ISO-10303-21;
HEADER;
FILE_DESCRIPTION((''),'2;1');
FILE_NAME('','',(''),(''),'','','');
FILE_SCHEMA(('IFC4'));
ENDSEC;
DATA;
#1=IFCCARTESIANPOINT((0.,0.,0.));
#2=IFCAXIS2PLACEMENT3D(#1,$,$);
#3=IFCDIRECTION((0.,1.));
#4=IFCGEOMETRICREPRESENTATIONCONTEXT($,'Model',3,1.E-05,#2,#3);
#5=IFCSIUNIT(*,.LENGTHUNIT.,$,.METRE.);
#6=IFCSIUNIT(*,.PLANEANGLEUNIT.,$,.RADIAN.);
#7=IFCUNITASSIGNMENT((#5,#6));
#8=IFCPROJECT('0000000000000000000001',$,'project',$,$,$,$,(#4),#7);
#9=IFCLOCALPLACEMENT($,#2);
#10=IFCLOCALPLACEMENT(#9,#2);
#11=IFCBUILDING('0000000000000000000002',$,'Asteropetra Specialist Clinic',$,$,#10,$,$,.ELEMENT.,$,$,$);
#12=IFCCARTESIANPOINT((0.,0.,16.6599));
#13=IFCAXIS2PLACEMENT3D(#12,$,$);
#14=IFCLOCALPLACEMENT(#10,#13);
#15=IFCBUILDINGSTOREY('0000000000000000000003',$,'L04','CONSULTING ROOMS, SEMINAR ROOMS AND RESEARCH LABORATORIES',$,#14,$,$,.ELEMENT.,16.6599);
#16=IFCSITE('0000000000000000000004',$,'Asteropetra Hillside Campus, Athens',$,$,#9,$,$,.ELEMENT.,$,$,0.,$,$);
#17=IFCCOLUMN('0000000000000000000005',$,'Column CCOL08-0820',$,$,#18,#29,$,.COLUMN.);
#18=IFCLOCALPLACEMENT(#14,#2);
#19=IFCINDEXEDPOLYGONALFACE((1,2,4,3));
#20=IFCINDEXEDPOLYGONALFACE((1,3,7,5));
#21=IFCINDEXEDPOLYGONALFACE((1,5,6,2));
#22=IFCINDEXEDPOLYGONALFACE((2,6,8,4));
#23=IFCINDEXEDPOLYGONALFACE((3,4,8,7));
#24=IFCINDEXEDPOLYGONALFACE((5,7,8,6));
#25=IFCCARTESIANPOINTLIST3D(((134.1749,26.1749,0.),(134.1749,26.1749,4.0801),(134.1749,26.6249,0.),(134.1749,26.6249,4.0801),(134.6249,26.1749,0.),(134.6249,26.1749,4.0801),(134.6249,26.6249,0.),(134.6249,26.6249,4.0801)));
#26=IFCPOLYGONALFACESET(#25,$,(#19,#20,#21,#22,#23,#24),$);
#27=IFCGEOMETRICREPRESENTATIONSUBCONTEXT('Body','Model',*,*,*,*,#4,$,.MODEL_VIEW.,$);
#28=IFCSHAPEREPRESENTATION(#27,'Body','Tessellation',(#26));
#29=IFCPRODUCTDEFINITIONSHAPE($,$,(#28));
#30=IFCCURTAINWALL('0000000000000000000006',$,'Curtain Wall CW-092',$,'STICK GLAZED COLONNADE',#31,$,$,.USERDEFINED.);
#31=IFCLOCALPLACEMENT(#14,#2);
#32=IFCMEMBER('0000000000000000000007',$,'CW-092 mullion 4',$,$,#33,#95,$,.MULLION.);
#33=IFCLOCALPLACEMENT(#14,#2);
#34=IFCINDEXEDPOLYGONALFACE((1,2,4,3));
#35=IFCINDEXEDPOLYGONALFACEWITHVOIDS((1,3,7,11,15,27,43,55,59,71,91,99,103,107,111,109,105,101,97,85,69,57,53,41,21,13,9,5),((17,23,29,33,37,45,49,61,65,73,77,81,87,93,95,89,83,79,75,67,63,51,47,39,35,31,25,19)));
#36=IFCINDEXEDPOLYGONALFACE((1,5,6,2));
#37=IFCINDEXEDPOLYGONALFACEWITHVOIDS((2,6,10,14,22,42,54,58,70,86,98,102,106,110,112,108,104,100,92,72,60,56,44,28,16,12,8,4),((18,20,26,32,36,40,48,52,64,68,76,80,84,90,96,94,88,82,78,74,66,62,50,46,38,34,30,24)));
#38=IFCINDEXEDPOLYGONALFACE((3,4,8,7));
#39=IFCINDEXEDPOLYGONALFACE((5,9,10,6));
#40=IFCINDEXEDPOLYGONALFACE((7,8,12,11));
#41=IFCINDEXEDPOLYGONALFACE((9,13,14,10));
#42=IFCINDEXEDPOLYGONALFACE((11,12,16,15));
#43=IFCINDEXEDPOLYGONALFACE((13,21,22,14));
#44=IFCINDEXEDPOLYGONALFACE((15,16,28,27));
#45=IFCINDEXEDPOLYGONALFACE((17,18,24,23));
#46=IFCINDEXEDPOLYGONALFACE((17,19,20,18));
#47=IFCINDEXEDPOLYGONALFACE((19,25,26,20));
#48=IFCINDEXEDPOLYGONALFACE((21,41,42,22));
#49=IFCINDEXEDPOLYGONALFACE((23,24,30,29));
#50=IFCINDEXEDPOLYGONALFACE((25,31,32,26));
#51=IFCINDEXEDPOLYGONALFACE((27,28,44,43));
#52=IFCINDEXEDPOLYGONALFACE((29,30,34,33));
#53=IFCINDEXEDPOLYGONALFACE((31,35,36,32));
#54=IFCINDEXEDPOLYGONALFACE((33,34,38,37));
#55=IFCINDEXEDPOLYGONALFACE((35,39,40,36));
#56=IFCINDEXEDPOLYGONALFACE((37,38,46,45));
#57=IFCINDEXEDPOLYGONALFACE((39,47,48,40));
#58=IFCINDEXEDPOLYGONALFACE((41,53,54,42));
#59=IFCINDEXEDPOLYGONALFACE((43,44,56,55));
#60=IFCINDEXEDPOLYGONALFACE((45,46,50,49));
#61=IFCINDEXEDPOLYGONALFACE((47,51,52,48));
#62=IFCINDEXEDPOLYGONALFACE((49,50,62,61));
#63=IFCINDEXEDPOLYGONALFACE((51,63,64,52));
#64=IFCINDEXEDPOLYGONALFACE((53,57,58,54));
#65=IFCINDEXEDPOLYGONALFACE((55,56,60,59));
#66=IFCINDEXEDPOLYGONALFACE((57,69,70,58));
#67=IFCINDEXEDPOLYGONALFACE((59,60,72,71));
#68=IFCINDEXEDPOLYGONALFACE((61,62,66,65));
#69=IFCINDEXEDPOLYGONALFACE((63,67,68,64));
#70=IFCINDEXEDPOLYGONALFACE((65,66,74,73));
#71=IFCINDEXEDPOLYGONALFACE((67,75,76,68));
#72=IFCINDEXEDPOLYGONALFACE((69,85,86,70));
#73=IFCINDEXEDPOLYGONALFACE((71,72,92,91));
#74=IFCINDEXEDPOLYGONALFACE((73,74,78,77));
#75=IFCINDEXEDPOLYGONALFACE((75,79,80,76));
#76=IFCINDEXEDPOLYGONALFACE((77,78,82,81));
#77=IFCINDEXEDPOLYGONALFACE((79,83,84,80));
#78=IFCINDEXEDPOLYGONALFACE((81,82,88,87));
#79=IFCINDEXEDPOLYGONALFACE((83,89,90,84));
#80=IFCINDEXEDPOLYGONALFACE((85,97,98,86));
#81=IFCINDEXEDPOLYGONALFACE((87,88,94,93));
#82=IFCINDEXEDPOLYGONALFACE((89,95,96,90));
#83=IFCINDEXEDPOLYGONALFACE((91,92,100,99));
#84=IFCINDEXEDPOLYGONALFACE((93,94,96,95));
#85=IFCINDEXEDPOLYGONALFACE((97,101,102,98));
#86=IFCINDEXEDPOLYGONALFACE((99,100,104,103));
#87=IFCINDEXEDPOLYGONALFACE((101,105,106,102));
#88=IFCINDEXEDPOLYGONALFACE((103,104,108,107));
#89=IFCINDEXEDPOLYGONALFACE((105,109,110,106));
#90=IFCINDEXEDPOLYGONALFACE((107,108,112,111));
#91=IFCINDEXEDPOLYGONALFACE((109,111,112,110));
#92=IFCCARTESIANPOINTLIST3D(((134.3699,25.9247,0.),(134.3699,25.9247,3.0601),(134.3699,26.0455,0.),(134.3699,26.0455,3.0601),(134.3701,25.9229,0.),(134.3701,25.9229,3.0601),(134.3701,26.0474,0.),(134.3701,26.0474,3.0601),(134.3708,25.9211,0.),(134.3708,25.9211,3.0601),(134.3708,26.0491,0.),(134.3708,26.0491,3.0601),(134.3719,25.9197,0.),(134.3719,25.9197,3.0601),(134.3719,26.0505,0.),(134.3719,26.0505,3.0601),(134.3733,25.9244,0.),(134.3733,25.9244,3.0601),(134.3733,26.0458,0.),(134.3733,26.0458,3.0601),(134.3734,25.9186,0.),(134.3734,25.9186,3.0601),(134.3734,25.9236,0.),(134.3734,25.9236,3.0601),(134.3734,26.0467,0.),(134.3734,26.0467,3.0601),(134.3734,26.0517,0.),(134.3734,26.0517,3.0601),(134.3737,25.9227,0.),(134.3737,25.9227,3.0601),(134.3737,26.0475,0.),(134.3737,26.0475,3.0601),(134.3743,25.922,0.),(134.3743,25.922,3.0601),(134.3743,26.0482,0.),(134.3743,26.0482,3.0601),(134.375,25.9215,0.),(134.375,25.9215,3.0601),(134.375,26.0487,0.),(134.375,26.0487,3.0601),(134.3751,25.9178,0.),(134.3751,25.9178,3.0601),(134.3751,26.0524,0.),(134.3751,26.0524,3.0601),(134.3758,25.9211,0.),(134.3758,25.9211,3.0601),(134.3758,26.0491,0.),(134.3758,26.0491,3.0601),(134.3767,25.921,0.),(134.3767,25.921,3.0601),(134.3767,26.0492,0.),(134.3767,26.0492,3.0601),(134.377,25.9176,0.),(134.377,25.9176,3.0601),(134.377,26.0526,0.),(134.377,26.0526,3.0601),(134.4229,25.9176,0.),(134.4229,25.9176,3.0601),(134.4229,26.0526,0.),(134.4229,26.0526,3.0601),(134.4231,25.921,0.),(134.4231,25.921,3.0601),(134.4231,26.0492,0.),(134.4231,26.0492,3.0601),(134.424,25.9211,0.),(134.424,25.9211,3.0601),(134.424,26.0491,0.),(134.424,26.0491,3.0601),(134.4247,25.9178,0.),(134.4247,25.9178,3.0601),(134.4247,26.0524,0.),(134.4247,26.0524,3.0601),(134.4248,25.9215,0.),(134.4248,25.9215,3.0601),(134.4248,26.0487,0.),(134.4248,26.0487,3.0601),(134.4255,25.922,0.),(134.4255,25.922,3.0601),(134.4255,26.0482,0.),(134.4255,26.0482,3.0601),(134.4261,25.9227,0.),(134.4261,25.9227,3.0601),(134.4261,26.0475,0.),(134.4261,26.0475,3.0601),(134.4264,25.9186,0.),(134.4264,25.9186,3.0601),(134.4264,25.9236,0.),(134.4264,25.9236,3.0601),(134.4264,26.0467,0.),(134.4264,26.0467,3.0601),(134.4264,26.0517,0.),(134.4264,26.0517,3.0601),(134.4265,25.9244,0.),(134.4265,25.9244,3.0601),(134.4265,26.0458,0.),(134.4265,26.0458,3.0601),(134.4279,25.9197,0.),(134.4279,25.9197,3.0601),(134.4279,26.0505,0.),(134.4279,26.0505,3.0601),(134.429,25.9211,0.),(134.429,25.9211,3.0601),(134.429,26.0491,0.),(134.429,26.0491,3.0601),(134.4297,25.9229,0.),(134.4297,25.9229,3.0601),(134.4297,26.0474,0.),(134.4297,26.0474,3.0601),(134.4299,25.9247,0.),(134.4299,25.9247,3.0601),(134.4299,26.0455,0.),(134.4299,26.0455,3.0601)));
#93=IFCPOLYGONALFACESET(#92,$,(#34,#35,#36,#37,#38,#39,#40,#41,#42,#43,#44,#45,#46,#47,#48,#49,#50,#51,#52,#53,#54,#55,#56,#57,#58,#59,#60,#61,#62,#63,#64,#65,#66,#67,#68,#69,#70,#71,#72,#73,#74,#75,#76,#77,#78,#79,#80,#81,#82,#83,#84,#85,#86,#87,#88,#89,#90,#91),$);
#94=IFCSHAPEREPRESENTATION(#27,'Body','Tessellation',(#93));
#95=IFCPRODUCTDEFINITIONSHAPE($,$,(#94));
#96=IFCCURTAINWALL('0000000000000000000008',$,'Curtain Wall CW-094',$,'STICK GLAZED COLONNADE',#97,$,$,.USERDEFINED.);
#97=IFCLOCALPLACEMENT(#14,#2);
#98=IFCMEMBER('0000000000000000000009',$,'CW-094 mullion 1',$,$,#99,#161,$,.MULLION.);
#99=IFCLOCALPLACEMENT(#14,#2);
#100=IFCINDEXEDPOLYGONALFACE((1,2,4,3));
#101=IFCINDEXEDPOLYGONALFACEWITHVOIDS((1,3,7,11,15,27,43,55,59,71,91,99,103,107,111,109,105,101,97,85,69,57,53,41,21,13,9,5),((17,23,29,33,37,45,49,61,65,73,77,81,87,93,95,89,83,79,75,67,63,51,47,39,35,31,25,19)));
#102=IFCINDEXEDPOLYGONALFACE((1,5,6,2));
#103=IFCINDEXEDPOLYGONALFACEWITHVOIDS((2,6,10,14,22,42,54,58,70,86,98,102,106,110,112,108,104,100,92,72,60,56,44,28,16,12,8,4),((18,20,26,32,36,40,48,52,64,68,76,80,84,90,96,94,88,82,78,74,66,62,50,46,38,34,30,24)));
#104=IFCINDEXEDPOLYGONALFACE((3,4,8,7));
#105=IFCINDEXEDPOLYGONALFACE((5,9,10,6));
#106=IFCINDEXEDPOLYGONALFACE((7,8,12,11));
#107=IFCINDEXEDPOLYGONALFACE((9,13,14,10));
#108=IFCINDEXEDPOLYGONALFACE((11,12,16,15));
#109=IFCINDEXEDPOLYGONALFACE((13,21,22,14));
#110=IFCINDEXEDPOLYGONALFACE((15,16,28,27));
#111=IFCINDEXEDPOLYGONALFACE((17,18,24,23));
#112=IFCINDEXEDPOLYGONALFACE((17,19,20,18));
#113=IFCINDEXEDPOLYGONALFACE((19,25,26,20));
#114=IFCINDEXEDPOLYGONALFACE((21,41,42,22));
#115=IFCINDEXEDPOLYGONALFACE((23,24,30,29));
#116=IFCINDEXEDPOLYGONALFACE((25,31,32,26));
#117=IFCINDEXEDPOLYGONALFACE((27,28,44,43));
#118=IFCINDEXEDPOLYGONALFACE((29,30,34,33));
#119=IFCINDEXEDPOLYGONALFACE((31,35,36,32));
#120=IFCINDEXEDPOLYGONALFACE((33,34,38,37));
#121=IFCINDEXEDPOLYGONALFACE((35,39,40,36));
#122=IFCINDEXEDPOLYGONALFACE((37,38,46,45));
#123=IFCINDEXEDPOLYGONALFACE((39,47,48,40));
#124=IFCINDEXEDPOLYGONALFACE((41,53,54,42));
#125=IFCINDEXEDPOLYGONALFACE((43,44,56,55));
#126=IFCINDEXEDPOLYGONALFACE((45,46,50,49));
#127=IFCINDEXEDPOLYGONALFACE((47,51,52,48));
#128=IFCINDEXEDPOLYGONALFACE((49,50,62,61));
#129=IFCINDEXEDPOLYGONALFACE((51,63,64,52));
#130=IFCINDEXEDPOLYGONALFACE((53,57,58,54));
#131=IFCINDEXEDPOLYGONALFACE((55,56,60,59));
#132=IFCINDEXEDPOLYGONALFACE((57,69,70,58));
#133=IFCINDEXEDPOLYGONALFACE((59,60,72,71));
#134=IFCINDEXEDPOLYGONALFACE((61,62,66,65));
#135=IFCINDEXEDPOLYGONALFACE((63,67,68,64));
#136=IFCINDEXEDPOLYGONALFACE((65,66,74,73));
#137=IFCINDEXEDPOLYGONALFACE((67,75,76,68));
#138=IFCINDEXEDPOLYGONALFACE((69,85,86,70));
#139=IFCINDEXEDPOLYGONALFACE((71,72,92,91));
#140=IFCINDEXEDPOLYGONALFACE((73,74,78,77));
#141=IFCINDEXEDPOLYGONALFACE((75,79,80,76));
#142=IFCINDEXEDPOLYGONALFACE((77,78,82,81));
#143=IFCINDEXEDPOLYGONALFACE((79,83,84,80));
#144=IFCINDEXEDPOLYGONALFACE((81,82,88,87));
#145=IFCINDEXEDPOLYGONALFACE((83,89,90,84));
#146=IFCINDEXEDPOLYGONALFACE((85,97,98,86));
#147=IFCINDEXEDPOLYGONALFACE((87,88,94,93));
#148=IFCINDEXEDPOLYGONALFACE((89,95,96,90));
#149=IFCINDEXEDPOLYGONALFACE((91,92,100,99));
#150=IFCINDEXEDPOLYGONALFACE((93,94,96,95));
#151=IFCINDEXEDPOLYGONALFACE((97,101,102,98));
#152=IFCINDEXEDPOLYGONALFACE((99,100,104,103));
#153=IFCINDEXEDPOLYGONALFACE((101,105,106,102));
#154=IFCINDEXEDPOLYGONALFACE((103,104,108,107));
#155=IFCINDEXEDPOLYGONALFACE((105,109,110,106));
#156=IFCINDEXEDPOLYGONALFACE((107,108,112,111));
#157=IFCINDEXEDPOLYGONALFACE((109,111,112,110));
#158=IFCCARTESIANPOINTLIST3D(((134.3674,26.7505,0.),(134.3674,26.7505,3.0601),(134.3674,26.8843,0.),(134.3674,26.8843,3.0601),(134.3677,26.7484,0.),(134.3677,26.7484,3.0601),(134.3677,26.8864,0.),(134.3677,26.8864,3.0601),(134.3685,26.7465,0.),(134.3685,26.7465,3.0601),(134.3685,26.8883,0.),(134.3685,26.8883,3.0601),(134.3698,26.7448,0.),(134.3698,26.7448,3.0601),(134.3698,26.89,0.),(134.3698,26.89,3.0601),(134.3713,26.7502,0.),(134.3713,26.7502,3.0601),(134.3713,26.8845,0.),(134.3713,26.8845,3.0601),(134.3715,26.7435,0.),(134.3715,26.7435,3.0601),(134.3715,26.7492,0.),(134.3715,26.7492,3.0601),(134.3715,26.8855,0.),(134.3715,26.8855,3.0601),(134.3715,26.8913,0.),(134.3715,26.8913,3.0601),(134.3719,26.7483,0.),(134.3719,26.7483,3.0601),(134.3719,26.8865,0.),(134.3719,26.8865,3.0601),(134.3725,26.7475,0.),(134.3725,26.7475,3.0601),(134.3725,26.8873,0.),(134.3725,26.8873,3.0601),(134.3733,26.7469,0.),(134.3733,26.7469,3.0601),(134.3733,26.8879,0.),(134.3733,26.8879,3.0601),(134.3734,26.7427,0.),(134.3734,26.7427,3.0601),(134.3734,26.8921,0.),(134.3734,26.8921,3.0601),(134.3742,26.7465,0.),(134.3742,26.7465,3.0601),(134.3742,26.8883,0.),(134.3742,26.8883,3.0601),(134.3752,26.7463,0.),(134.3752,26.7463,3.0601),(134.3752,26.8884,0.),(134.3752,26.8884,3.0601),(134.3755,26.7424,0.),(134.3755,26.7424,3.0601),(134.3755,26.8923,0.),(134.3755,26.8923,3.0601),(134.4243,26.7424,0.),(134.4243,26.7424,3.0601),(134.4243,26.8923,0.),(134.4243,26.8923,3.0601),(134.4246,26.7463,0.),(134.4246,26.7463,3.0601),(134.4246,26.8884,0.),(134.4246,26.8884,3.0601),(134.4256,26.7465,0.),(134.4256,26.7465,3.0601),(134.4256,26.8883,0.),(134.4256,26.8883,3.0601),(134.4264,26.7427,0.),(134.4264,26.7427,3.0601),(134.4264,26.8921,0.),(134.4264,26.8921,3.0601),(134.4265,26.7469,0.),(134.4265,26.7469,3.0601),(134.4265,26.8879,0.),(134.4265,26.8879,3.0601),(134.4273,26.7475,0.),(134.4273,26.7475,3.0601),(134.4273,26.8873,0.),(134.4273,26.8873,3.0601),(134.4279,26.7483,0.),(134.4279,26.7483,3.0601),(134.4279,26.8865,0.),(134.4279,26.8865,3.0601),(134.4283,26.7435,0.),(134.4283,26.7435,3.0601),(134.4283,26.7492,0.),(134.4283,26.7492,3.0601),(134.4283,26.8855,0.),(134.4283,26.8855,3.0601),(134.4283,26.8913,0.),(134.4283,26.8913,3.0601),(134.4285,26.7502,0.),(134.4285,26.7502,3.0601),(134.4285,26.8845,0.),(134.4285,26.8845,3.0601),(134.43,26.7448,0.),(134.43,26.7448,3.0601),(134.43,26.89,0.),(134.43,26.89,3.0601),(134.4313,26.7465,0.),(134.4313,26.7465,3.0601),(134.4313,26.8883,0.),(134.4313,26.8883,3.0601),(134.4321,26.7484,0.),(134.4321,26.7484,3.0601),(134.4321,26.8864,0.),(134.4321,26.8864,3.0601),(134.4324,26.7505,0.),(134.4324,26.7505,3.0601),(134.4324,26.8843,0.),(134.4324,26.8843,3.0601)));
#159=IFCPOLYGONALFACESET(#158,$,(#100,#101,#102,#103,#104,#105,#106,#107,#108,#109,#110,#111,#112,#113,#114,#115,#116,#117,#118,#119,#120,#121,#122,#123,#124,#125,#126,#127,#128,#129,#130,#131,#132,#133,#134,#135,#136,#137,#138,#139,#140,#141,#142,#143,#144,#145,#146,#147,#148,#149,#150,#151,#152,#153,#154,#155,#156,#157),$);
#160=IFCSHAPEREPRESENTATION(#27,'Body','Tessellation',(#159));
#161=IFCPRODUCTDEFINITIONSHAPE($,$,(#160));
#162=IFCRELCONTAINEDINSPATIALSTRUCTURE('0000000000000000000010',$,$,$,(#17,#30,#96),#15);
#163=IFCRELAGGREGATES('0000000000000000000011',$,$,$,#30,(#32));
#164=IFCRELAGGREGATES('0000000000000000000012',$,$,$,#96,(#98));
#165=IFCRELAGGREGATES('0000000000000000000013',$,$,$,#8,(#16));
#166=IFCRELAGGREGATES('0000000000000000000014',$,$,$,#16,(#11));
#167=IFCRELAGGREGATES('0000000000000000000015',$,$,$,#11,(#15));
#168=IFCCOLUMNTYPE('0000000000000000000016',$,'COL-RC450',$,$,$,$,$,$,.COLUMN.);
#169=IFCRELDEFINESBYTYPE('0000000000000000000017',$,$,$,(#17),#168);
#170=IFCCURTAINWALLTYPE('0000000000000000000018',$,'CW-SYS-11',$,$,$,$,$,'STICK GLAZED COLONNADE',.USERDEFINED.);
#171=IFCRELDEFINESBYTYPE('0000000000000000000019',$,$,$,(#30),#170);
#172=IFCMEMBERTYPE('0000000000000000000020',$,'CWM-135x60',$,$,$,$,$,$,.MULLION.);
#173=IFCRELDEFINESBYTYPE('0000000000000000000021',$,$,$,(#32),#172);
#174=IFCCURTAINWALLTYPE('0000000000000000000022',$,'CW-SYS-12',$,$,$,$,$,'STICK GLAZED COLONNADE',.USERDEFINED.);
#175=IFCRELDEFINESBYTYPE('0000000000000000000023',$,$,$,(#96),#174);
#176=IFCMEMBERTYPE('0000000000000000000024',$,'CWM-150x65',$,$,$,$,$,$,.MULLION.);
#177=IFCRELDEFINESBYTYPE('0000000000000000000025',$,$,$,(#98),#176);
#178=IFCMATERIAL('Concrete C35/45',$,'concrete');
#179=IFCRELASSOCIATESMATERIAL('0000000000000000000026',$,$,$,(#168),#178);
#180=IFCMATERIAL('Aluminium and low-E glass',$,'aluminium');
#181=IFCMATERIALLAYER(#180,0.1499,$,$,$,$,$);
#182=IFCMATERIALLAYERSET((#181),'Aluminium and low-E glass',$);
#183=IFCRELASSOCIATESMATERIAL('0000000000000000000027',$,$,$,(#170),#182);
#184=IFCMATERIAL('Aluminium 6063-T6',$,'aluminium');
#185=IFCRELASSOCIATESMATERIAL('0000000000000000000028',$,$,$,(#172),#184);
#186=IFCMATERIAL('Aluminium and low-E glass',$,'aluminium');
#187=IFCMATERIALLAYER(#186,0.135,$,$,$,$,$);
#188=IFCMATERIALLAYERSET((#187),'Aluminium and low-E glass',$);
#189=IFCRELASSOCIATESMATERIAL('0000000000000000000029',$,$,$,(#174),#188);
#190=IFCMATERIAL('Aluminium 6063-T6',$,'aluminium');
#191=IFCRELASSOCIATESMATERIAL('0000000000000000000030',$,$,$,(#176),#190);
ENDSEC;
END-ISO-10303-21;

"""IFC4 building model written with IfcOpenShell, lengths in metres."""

from ifc_helpers import new_model, si_unit, direction, frame, origin, origin_2d, place, context, subcontext, project, spatial, rectangle, hollow_rectangle, extrude, material, layer, layer_set, material_profile, profile_set, type_object, element, aggregate, save


model = new_model("IFC4")

# Units and contexts
model_context = context("Model", 3, precision=1e-05, world=origin(), true_north=direction((0.0, 1.0)))
body_context = subcontext(model_context, "Body", "Model", "MODEL_VIEW")
ifc_project = project(units=[si_unit("LENGTHUNIT", "METRE"), si_unit("PLANEANGLEUNIT", "RADIAN")], contexts=[model_context])

# Site, building, storey
site_placement = place(None, origin())
site = spatial("IfcSite", under=ifc_project, at=site_placement, Name="Asteropetra Hillside Campus, Athens", CompositionType="ELEMENT", RefElevation=0.0)
building_placement = place(site_placement, origin())
building = spatial("IfcBuilding", under=site, at=building_placement, Name="Asteropetra Specialist Clinic", CompositionType="ELEMENT")
storey_placement = place(building_placement, frame((0.0, 0.0, 16.6599)))
storey = spatial("IfcBuildingStorey", under=building, at=storey_placement, Name="L04", Description="CONSULTING ROOMS, SEMINAR ROOMS AND RESEARCH LABORATORIES", CompositionType="ELEMENT", Elevation=16.6599)

# Column
ifc_material_1 = material(Name="Concrete C35/45", Category="concrete")
ifc_material_profile_1 = material_profile(ifc_material_1, rectangle(XDim=0.45, YDim=0.45, at=origin_2d()), Name="RC 450x450")
ifc_profile_set_1 = profile_set([ifc_material_profile_1], Name="Concrete C35/45")
column_type = type_object("IfcColumnType", Name="COL-RC450", PredefinedType="COLUMN", material=ifc_profile_set_1)
column_placement = place(storey_placement, frame((134.3999, 26.3999, 0.0), z_axis=(0.0, 0.0, 1.0), x_axis=(1.0, 0.0, 0.0)))
element("IfcColumn", 1, at=column_placement, inside=storey, type_object=column_type, Name="Column CCOL08-0820", PredefinedType="COLUMN", context=body_context, shape_type="SweptSolid", body=[
    extrude(rectangle(XDim=0.45, YDim=0.45, at=origin_2d()), origin(), (0.0, 0.0, 1.0), 4.0801),
])

# Curtain wall, member
ifc_material_2 = material(Name="Aluminium and low-E glass", Category="aluminium")
ifc_layer_1 = layer(ifc_material_2, 0.1499)
ifc_layer_set_1 = layer_set([ifc_layer_1], Name="Aluminium and low-E glass")
curtain_wall_type_1 = type_object("IfcCurtainWallType", Name="CW-SYS-11", ElementType="STICK GLAZED COLONNADE", PredefinedType="USERDEFINED", material=ifc_layer_set_1)
curtain_wall_1_placement = place(storey_placement, origin())
curtain_wall_1 = element("IfcCurtainWall", 2, at=curtain_wall_1_placement, inside=storey, type_object=curtain_wall_type_1, Name="Curtain Wall CW-092", ObjectType="STICK GLAZED COLONNADE", PredefinedType="USERDEFINED")
ifc_material_3 = material(Name="Aluminium 6063-T6", Category="aluminium")
ifc_material_profile_2 = material_profile(ifc_material_3, hollow_rectangle(XDim=0.0601, YDim=0.135, WallThickness=0.0034, InnerFilletRadius=0.0034, OuterFilletRadius=0.0071, at=origin_2d()), Name="MUL 135x60x3.5")
ifc_profile_set_2 = profile_set([ifc_material_profile_2], Name="Aluminium 6063-T6")
member_type_1 = type_object("IfcMemberType", Name="CWM-135x60", PredefinedType="MULLION", material=ifc_profile_set_2)
member_1_placement = place(storey_placement, frame((134.3999, 25.9851, 0.0), z_axis=(0.0, 0.0, 1.0), x_axis=(-1.0, 0.0, 0.0)))
member_1 = element("IfcMember", 3, at=member_1_placement, type_object=member_type_1, Name="CW-092 mullion 4", PredefinedType="MULLION", context=body_context, shape_type="SweptSolid", body=[
    extrude(hollow_rectangle(XDim=0.0601, YDim=0.135, WallThickness=0.0034, InnerFilletRadius=0.0034, OuterFilletRadius=0.0071, at=origin_2d()), origin(), (0.0, 0.0, 1.0), 3.0601),
])

# Curtain wall, member
ifc_material_4 = material(Name="Aluminium and low-E glass", Category="aluminium")
ifc_layer_2 = layer(ifc_material_4, 0.135)
ifc_layer_set_2 = layer_set([ifc_layer_2], Name="Aluminium and low-E glass")
curtain_wall_type_2 = type_object("IfcCurtainWallType", Name="CW-SYS-12", ElementType="STICK GLAZED COLONNADE", PredefinedType="USERDEFINED", material=ifc_layer_set_2)
curtain_wall_2_placement = place(storey_placement, origin())
curtain_wall_2 = element("IfcCurtainWall", 4, at=curtain_wall_2_placement, inside=storey, type_object=curtain_wall_type_2, Name="Curtain Wall CW-094", ObjectType="STICK GLAZED COLONNADE", PredefinedType="USERDEFINED")
ifc_material_5 = material(Name="Aluminium 6063-T6", Category="aluminium")
ifc_material_profile_3 = material_profile(ifc_material_5, hollow_rectangle(XDim=0.0649, YDim=0.1499, WallThickness=0.0039, InnerFilletRadius=0.0039, OuterFilletRadius=0.0081, at=origin_2d()), Name="MUL 150x65x4.0")
ifc_profile_set_3 = profile_set([ifc_material_profile_3], Name="Aluminium 6063-T6")
member_type_2 = type_object("IfcMemberType", Name="CWM-150x65", PredefinedType="MULLION", material=ifc_profile_set_3)
member_2_placement = place(storey_placement, frame((134.3999, 26.8174, 0.0), z_axis=(0.0, 0.0, 1.0), x_axis=(-1.0, 0.0, 0.0)))
member_2 = element("IfcMember", 5, at=member_2_placement, type_object=member_type_2, Name="CW-094 mullion 1", PredefinedType="MULLION", context=body_context, shape_type="SweptSolid", body=[
    extrude(hollow_rectangle(XDim=0.0649, YDim=0.1499, WallThickness=0.0039, InnerFilletRadius=0.0039, OuterFilletRadius=0.0081, at=origin_2d()), origin(), (0.0, 0.0, 1.0), 3.0601),
])

aggregate(curtain_wall_1, [member_1])
aggregate(curtain_wall_2, [member_2])

save(model, "model.ifc")
